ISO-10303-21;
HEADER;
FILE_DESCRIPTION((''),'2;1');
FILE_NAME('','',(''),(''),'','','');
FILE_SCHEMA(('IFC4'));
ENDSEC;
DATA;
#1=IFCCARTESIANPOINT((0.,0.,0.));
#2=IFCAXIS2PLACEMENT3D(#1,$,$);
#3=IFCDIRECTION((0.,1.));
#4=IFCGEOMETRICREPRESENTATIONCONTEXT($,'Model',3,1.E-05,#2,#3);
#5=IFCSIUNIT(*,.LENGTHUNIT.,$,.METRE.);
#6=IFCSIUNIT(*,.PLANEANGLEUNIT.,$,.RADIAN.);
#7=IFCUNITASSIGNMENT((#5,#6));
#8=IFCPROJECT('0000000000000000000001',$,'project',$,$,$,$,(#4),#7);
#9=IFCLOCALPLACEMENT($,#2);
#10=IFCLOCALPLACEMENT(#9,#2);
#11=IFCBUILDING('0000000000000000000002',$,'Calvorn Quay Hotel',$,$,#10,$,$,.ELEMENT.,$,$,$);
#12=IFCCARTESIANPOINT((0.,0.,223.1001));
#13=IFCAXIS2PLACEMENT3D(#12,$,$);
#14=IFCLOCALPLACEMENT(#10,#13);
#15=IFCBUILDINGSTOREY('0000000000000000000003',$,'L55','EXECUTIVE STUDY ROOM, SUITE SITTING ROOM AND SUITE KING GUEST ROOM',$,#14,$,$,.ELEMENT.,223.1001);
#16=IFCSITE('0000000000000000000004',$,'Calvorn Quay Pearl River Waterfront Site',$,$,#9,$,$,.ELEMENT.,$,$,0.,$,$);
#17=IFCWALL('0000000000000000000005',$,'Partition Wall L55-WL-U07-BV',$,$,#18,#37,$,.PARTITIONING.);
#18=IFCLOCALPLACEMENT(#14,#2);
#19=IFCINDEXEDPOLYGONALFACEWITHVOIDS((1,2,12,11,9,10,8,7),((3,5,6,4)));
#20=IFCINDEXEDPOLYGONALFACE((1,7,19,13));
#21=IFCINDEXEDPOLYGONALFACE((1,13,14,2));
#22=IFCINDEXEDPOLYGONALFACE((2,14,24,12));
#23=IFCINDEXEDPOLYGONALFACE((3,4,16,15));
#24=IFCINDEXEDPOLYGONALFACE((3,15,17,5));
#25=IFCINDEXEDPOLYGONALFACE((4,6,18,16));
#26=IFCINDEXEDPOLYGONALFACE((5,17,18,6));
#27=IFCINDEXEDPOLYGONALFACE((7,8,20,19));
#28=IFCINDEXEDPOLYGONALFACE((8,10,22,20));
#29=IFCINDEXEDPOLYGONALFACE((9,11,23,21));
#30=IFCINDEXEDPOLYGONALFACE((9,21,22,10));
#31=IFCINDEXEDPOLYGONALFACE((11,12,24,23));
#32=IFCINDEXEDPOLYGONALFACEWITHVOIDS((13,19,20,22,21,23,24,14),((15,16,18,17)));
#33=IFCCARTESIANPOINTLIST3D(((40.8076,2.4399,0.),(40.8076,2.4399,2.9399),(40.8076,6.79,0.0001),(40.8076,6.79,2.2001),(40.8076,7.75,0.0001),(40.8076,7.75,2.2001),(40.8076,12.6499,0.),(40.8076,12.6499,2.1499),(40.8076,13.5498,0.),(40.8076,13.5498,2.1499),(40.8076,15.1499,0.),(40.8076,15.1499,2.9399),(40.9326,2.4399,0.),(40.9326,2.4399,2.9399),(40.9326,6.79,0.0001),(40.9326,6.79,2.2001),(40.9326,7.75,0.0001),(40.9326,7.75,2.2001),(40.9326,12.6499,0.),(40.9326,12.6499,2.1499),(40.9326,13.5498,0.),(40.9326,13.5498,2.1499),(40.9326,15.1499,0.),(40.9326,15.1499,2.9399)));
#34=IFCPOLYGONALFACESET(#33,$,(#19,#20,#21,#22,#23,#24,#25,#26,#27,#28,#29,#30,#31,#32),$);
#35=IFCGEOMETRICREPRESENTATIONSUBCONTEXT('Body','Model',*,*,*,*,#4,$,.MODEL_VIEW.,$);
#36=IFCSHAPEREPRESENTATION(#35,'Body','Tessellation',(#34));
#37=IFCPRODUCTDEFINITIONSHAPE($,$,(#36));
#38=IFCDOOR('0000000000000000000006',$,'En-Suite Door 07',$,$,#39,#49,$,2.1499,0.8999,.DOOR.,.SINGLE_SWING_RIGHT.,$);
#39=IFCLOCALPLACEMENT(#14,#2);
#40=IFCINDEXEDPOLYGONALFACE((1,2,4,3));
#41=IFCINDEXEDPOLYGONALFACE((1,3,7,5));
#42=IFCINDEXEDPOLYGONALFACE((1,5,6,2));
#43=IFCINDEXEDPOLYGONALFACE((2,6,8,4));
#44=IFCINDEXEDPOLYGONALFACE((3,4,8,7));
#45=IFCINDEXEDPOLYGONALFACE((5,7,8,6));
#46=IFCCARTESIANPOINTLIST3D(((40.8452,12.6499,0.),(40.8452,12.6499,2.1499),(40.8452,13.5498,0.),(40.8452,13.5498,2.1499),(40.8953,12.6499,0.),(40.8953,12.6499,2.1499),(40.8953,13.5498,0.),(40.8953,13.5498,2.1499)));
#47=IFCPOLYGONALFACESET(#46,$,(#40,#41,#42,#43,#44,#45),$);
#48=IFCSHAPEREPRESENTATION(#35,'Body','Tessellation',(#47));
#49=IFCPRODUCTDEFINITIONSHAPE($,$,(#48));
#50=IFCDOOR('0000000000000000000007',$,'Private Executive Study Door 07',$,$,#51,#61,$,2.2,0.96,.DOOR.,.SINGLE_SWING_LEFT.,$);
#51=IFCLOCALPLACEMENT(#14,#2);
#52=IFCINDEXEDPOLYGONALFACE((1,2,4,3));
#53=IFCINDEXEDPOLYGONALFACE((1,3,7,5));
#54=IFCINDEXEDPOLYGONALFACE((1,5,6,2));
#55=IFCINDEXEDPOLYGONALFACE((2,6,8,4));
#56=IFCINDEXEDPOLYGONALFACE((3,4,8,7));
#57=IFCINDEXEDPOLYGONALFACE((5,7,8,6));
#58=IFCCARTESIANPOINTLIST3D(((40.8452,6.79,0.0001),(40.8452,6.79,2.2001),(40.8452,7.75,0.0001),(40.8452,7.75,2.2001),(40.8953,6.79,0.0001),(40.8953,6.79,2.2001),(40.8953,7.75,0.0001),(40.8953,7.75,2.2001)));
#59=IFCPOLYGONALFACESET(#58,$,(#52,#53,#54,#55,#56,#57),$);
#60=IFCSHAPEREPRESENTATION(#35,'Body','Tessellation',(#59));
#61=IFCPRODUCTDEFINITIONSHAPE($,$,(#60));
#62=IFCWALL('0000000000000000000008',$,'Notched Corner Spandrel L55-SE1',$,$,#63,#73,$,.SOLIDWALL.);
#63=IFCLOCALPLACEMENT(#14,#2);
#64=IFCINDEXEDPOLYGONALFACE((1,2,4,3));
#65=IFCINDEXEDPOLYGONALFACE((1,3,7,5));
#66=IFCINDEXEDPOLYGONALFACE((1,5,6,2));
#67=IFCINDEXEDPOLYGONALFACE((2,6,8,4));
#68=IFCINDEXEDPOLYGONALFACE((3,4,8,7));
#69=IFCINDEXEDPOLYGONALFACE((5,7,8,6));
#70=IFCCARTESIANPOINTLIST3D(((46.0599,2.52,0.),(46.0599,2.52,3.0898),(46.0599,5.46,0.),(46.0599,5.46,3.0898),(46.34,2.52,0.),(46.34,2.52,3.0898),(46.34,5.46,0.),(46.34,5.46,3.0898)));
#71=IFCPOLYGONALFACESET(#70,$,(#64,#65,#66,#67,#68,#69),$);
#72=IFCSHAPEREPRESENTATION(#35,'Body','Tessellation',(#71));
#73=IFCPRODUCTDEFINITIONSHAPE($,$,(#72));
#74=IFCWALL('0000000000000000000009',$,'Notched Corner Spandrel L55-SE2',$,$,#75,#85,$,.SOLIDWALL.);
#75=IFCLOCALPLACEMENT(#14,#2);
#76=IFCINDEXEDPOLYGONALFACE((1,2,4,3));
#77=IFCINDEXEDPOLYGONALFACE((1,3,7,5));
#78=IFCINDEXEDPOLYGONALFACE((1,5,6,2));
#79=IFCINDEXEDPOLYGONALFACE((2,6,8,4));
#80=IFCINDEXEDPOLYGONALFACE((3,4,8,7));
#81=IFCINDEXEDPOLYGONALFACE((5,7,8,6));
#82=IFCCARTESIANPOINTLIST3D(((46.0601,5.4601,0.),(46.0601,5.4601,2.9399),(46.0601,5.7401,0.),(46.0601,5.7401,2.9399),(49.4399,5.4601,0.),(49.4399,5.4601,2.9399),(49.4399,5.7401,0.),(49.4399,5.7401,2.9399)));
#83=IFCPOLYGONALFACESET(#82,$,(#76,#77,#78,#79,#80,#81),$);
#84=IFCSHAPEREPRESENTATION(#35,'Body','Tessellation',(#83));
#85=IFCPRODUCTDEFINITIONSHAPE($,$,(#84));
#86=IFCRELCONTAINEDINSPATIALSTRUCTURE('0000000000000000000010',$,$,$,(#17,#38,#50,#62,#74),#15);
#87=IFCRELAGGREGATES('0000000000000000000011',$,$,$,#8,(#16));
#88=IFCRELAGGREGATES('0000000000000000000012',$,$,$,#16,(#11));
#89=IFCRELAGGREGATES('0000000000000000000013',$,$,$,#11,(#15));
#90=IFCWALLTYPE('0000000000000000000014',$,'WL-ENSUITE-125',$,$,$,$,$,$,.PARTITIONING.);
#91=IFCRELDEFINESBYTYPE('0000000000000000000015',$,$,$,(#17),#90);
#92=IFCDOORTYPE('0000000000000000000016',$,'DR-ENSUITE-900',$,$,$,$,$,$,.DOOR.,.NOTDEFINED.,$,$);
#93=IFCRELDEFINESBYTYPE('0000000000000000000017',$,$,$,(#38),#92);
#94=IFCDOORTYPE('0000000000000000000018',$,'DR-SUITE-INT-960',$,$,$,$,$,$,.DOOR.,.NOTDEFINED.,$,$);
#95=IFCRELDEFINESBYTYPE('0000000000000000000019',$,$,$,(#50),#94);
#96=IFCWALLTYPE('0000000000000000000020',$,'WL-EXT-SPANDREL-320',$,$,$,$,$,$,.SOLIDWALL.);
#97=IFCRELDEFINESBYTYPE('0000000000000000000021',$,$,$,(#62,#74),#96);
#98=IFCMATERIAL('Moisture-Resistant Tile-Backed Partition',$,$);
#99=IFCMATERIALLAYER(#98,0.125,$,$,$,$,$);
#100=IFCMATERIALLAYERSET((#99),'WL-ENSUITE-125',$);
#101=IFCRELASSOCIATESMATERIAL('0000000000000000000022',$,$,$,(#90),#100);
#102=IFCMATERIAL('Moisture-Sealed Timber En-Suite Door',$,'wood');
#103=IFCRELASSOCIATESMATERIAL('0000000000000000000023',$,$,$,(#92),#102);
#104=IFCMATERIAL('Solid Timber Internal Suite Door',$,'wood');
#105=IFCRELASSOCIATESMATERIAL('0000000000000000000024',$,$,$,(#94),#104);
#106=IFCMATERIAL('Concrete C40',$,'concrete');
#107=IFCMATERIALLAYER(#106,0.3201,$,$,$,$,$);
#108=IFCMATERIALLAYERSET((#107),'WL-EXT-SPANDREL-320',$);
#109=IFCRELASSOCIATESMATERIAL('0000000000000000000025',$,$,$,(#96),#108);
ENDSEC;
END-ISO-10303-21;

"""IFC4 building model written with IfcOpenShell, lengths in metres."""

from ifc_helpers import new_model, si_unit, direction, frame, frame_2d, origin, place, context, subcontext, project, spatial, rectangle, extrude, material, layer, layer_set, type_object, element, fill, save


model = new_model("IFC4")

# Units and contexts
model_context = context("Model", 3, precision=1e-05, world=origin(), true_north=direction((0.0, 1.0)))
body_context = subcontext(model_context, "Body", "Model", "MODEL_VIEW")
ifc_project = project(units=[si_unit("LENGTHUNIT", "METRE"), si_unit("PLANEANGLEUNIT", "RADIAN")], contexts=[model_context])

# Site, building, storey
site_placement = place(None, origin())
site = spatial("IfcSite", under=ifc_project, at=site_placement, Name="Calvorn Quay Pearl River Waterfront Site", CompositionType="ELEMENT", RefElevation=0.0)
building_placement = place(site_placement, origin())
building = spatial("IfcBuilding", under=site, at=building_placement, Name="Calvorn Quay Hotel", CompositionType="ELEMENT")
storey_placement = place(building_placement, frame((0.0, 0.0, 223.1001)))
storey = spatial("IfcBuildingStorey", under=building, at=storey_placement, Name="L55", Description="EXECUTIVE STUDY ROOM, SUITE SITTING ROOM AND SUITE KING GUEST ROOM", CompositionType="ELEMENT", Elevation=223.1001)

# Wall, openings, doors
ifc_material_1 = material(Name="Moisture-Resistant Tile-Backed Partition")
ifc_layer_1 = layer(ifc_material_1, 0.125)
ifc_layer_set_1 = layer_set([ifc_layer_1], Name="WL-ENSUITE-125")
wall_type_1 = type_object("IfcWallType", Name="WL-ENSUITE-125", PredefinedType="PARTITIONING", material=ifc_layer_set_1)
wall_1_placement = place(storey_placement, frame((40.8701, 2.4399, 0.0), z_axis=(0.0, 0.0, 1.0), x_axis=(0.0, 1.0, 0.0)))
wall_1 = element("IfcWall", 1, at=wall_1_placement, inside=storey, type_object=wall_type_1, Name="Partition Wall L55-WL-U07-BV", PredefinedType="PARTITIONING", context=body_context, shape_type="SweptSolid", body=[
    extrude(rectangle(XDim=12.71, YDim=0.125, at=frame_2d((6.355, 0.0))), origin(), (0.0, 0.0, 1.0), 2.9399),
])
opening_1_placement = place(wall_1_placement, frame((4.3501, 0.0, 0.0)))
opening_1 = element("IfcOpeningElement", 2, at=opening_1_placement, cuts=wall_1, PredefinedType="OPENING", context=body_context, shape_type="SweptSolid", body=[
    extrude(rectangle(XDim=0.96, YDim=2.2, at=frame_2d((0.48, 1.1001))), frame((0.0, 0.0725, 0.0), z_axis=(0.0, -1.0, 0.0), x_axis=(1.0, 0.0, 0.0)), (0.0, 0.0, 1.0), 0.145),
])
opening_2_placement = place(wall_1_placement, frame((10.21, 0.0, 0.0)))
opening_2 = element("IfcOpeningElement", 3, at=opening_2_placement, cuts=wall_1, PredefinedType="OPENING", context=body_context, shape_type="SweptSolid", body=[
    extrude(rectangle(XDim=0.8999, YDim=2.1499, at=frame_2d((0.45, 1.075))), frame((0.0, 0.0725, 0.0), z_axis=(0.0, -1.0, 0.0), x_axis=(1.0, 0.0, 0.0)), (0.0, 0.0, 1.0), 0.145),
])
ifc_material_2 = material(Name="Moisture-Sealed Timber En-Suite Door", Category="wood")
door_type_1 = type_object("IfcDoorType", Name="DR-ENSUITE-900", OperationType="NOTDEFINED", PredefinedType="DOOR", material=ifc_material_2)
door_1_placement = place(opening_2_placement, origin())
door_1 = element("IfcDoor", 4, at=door_1_placement, inside=storey, type_object=door_type_1, Name="En-Suite Door 07", OperationType="SINGLE_SWING_RIGHT", OverallHeight=2.1499, OverallWidth=0.8999, PredefinedType="DOOR", context=body_context, shape_type="SweptSolid", body=[
    extrude(rectangle(XDim=0.8999, YDim=2.1499, at=frame_2d((0.45, 1.075))), frame((0.0, 0.0249, 0.0), z_axis=(0.0, -1.0, 0.0), x_axis=(1.0, 0.0, 0.0)), (0.0, 0.0, 1.0), 0.05),
])
fill(opening_2, door_1)
ifc_material_3 = material(Name="Solid Timber Internal Suite Door", Category="wood")
door_type_2 = type_object("IfcDoorType", Name="DR-SUITE-INT-960", OperationType="NOTDEFINED", PredefinedType="DOOR", material=ifc_material_3)
door_2_placement = place(opening_1_placement, origin())
door_2 = element("IfcDoor", 5, at=door_2_placement, inside=storey, type_object=door_type_2, Name="Private Executive Study Door 07", OperationType="SINGLE_SWING_LEFT", OverallHeight=2.2, OverallWidth=0.96, PredefinedType="DOOR", context=body_context, shape_type="SweptSolid", body=[
    extrude(rectangle(XDim=0.96, YDim=2.2, at=frame_2d((0.48, 1.1001))), frame((0.0, 0.0249, 0.0), z_axis=(0.0, -1.0, 0.0), x_axis=(1.0, 0.0, 0.0)), (0.0, 0.0, 1.0), 0.05),
])
fill(opening_1, door_2)

# Walls
ifc_material_4 = material(Name="Concrete C40", Category="concrete")
ifc_layer_2 = layer(ifc_material_4, 0.3201)
ifc_layer_set_2 = layer_set([ifc_layer_2], Name="WL-EXT-SPANDREL-320")
wall_type_2 = type_object("IfcWallType", Name="WL-EXT-SPANDREL-320", PredefinedType="SOLIDWALL", material=ifc_layer_set_2)
wall_2_placement = place(storey_placement, frame((46.2, 2.52, 0.0), z_axis=(0.0, 0.0, 1.0), x_axis=(0.0, 1.0, 0.0)))
element("IfcWall", 6, at=wall_2_placement, inside=storey, type_object=wall_type_2, Name="Notched Corner Spandrel L55-SE1", PredefinedType="SOLIDWALL", context=body_context, shape_type="SweptSolid", body=[
    extrude(rectangle(XDim=2.9399, YDim=0.28, at=frame_2d((1.47, 0.0))), origin(), (0.0, 0.0, 1.0), 3.0898),
])
wall_3_placement = place(storey_placement, frame((46.0601, 5.6001, 0.0), z_axis=(0.0, 0.0, 1.0), x_axis=(1.0, 0.0, 0.0)))
element("IfcWall", 7, at=wall_3_placement, inside=storey, type_object=wall_type_2, Name="Notched Corner Spandrel L55-SE2", PredefinedType="SOLIDWALL", context=body_context, shape_type="SweptSolid", body=[
    extrude(rectangle(XDim=3.3799, YDim=0.28, at=frame_2d((1.6899, 0.0))), origin(), (0.0, 0.0, 1.0), 2.9399),
])

save(model, "model.ifc")
